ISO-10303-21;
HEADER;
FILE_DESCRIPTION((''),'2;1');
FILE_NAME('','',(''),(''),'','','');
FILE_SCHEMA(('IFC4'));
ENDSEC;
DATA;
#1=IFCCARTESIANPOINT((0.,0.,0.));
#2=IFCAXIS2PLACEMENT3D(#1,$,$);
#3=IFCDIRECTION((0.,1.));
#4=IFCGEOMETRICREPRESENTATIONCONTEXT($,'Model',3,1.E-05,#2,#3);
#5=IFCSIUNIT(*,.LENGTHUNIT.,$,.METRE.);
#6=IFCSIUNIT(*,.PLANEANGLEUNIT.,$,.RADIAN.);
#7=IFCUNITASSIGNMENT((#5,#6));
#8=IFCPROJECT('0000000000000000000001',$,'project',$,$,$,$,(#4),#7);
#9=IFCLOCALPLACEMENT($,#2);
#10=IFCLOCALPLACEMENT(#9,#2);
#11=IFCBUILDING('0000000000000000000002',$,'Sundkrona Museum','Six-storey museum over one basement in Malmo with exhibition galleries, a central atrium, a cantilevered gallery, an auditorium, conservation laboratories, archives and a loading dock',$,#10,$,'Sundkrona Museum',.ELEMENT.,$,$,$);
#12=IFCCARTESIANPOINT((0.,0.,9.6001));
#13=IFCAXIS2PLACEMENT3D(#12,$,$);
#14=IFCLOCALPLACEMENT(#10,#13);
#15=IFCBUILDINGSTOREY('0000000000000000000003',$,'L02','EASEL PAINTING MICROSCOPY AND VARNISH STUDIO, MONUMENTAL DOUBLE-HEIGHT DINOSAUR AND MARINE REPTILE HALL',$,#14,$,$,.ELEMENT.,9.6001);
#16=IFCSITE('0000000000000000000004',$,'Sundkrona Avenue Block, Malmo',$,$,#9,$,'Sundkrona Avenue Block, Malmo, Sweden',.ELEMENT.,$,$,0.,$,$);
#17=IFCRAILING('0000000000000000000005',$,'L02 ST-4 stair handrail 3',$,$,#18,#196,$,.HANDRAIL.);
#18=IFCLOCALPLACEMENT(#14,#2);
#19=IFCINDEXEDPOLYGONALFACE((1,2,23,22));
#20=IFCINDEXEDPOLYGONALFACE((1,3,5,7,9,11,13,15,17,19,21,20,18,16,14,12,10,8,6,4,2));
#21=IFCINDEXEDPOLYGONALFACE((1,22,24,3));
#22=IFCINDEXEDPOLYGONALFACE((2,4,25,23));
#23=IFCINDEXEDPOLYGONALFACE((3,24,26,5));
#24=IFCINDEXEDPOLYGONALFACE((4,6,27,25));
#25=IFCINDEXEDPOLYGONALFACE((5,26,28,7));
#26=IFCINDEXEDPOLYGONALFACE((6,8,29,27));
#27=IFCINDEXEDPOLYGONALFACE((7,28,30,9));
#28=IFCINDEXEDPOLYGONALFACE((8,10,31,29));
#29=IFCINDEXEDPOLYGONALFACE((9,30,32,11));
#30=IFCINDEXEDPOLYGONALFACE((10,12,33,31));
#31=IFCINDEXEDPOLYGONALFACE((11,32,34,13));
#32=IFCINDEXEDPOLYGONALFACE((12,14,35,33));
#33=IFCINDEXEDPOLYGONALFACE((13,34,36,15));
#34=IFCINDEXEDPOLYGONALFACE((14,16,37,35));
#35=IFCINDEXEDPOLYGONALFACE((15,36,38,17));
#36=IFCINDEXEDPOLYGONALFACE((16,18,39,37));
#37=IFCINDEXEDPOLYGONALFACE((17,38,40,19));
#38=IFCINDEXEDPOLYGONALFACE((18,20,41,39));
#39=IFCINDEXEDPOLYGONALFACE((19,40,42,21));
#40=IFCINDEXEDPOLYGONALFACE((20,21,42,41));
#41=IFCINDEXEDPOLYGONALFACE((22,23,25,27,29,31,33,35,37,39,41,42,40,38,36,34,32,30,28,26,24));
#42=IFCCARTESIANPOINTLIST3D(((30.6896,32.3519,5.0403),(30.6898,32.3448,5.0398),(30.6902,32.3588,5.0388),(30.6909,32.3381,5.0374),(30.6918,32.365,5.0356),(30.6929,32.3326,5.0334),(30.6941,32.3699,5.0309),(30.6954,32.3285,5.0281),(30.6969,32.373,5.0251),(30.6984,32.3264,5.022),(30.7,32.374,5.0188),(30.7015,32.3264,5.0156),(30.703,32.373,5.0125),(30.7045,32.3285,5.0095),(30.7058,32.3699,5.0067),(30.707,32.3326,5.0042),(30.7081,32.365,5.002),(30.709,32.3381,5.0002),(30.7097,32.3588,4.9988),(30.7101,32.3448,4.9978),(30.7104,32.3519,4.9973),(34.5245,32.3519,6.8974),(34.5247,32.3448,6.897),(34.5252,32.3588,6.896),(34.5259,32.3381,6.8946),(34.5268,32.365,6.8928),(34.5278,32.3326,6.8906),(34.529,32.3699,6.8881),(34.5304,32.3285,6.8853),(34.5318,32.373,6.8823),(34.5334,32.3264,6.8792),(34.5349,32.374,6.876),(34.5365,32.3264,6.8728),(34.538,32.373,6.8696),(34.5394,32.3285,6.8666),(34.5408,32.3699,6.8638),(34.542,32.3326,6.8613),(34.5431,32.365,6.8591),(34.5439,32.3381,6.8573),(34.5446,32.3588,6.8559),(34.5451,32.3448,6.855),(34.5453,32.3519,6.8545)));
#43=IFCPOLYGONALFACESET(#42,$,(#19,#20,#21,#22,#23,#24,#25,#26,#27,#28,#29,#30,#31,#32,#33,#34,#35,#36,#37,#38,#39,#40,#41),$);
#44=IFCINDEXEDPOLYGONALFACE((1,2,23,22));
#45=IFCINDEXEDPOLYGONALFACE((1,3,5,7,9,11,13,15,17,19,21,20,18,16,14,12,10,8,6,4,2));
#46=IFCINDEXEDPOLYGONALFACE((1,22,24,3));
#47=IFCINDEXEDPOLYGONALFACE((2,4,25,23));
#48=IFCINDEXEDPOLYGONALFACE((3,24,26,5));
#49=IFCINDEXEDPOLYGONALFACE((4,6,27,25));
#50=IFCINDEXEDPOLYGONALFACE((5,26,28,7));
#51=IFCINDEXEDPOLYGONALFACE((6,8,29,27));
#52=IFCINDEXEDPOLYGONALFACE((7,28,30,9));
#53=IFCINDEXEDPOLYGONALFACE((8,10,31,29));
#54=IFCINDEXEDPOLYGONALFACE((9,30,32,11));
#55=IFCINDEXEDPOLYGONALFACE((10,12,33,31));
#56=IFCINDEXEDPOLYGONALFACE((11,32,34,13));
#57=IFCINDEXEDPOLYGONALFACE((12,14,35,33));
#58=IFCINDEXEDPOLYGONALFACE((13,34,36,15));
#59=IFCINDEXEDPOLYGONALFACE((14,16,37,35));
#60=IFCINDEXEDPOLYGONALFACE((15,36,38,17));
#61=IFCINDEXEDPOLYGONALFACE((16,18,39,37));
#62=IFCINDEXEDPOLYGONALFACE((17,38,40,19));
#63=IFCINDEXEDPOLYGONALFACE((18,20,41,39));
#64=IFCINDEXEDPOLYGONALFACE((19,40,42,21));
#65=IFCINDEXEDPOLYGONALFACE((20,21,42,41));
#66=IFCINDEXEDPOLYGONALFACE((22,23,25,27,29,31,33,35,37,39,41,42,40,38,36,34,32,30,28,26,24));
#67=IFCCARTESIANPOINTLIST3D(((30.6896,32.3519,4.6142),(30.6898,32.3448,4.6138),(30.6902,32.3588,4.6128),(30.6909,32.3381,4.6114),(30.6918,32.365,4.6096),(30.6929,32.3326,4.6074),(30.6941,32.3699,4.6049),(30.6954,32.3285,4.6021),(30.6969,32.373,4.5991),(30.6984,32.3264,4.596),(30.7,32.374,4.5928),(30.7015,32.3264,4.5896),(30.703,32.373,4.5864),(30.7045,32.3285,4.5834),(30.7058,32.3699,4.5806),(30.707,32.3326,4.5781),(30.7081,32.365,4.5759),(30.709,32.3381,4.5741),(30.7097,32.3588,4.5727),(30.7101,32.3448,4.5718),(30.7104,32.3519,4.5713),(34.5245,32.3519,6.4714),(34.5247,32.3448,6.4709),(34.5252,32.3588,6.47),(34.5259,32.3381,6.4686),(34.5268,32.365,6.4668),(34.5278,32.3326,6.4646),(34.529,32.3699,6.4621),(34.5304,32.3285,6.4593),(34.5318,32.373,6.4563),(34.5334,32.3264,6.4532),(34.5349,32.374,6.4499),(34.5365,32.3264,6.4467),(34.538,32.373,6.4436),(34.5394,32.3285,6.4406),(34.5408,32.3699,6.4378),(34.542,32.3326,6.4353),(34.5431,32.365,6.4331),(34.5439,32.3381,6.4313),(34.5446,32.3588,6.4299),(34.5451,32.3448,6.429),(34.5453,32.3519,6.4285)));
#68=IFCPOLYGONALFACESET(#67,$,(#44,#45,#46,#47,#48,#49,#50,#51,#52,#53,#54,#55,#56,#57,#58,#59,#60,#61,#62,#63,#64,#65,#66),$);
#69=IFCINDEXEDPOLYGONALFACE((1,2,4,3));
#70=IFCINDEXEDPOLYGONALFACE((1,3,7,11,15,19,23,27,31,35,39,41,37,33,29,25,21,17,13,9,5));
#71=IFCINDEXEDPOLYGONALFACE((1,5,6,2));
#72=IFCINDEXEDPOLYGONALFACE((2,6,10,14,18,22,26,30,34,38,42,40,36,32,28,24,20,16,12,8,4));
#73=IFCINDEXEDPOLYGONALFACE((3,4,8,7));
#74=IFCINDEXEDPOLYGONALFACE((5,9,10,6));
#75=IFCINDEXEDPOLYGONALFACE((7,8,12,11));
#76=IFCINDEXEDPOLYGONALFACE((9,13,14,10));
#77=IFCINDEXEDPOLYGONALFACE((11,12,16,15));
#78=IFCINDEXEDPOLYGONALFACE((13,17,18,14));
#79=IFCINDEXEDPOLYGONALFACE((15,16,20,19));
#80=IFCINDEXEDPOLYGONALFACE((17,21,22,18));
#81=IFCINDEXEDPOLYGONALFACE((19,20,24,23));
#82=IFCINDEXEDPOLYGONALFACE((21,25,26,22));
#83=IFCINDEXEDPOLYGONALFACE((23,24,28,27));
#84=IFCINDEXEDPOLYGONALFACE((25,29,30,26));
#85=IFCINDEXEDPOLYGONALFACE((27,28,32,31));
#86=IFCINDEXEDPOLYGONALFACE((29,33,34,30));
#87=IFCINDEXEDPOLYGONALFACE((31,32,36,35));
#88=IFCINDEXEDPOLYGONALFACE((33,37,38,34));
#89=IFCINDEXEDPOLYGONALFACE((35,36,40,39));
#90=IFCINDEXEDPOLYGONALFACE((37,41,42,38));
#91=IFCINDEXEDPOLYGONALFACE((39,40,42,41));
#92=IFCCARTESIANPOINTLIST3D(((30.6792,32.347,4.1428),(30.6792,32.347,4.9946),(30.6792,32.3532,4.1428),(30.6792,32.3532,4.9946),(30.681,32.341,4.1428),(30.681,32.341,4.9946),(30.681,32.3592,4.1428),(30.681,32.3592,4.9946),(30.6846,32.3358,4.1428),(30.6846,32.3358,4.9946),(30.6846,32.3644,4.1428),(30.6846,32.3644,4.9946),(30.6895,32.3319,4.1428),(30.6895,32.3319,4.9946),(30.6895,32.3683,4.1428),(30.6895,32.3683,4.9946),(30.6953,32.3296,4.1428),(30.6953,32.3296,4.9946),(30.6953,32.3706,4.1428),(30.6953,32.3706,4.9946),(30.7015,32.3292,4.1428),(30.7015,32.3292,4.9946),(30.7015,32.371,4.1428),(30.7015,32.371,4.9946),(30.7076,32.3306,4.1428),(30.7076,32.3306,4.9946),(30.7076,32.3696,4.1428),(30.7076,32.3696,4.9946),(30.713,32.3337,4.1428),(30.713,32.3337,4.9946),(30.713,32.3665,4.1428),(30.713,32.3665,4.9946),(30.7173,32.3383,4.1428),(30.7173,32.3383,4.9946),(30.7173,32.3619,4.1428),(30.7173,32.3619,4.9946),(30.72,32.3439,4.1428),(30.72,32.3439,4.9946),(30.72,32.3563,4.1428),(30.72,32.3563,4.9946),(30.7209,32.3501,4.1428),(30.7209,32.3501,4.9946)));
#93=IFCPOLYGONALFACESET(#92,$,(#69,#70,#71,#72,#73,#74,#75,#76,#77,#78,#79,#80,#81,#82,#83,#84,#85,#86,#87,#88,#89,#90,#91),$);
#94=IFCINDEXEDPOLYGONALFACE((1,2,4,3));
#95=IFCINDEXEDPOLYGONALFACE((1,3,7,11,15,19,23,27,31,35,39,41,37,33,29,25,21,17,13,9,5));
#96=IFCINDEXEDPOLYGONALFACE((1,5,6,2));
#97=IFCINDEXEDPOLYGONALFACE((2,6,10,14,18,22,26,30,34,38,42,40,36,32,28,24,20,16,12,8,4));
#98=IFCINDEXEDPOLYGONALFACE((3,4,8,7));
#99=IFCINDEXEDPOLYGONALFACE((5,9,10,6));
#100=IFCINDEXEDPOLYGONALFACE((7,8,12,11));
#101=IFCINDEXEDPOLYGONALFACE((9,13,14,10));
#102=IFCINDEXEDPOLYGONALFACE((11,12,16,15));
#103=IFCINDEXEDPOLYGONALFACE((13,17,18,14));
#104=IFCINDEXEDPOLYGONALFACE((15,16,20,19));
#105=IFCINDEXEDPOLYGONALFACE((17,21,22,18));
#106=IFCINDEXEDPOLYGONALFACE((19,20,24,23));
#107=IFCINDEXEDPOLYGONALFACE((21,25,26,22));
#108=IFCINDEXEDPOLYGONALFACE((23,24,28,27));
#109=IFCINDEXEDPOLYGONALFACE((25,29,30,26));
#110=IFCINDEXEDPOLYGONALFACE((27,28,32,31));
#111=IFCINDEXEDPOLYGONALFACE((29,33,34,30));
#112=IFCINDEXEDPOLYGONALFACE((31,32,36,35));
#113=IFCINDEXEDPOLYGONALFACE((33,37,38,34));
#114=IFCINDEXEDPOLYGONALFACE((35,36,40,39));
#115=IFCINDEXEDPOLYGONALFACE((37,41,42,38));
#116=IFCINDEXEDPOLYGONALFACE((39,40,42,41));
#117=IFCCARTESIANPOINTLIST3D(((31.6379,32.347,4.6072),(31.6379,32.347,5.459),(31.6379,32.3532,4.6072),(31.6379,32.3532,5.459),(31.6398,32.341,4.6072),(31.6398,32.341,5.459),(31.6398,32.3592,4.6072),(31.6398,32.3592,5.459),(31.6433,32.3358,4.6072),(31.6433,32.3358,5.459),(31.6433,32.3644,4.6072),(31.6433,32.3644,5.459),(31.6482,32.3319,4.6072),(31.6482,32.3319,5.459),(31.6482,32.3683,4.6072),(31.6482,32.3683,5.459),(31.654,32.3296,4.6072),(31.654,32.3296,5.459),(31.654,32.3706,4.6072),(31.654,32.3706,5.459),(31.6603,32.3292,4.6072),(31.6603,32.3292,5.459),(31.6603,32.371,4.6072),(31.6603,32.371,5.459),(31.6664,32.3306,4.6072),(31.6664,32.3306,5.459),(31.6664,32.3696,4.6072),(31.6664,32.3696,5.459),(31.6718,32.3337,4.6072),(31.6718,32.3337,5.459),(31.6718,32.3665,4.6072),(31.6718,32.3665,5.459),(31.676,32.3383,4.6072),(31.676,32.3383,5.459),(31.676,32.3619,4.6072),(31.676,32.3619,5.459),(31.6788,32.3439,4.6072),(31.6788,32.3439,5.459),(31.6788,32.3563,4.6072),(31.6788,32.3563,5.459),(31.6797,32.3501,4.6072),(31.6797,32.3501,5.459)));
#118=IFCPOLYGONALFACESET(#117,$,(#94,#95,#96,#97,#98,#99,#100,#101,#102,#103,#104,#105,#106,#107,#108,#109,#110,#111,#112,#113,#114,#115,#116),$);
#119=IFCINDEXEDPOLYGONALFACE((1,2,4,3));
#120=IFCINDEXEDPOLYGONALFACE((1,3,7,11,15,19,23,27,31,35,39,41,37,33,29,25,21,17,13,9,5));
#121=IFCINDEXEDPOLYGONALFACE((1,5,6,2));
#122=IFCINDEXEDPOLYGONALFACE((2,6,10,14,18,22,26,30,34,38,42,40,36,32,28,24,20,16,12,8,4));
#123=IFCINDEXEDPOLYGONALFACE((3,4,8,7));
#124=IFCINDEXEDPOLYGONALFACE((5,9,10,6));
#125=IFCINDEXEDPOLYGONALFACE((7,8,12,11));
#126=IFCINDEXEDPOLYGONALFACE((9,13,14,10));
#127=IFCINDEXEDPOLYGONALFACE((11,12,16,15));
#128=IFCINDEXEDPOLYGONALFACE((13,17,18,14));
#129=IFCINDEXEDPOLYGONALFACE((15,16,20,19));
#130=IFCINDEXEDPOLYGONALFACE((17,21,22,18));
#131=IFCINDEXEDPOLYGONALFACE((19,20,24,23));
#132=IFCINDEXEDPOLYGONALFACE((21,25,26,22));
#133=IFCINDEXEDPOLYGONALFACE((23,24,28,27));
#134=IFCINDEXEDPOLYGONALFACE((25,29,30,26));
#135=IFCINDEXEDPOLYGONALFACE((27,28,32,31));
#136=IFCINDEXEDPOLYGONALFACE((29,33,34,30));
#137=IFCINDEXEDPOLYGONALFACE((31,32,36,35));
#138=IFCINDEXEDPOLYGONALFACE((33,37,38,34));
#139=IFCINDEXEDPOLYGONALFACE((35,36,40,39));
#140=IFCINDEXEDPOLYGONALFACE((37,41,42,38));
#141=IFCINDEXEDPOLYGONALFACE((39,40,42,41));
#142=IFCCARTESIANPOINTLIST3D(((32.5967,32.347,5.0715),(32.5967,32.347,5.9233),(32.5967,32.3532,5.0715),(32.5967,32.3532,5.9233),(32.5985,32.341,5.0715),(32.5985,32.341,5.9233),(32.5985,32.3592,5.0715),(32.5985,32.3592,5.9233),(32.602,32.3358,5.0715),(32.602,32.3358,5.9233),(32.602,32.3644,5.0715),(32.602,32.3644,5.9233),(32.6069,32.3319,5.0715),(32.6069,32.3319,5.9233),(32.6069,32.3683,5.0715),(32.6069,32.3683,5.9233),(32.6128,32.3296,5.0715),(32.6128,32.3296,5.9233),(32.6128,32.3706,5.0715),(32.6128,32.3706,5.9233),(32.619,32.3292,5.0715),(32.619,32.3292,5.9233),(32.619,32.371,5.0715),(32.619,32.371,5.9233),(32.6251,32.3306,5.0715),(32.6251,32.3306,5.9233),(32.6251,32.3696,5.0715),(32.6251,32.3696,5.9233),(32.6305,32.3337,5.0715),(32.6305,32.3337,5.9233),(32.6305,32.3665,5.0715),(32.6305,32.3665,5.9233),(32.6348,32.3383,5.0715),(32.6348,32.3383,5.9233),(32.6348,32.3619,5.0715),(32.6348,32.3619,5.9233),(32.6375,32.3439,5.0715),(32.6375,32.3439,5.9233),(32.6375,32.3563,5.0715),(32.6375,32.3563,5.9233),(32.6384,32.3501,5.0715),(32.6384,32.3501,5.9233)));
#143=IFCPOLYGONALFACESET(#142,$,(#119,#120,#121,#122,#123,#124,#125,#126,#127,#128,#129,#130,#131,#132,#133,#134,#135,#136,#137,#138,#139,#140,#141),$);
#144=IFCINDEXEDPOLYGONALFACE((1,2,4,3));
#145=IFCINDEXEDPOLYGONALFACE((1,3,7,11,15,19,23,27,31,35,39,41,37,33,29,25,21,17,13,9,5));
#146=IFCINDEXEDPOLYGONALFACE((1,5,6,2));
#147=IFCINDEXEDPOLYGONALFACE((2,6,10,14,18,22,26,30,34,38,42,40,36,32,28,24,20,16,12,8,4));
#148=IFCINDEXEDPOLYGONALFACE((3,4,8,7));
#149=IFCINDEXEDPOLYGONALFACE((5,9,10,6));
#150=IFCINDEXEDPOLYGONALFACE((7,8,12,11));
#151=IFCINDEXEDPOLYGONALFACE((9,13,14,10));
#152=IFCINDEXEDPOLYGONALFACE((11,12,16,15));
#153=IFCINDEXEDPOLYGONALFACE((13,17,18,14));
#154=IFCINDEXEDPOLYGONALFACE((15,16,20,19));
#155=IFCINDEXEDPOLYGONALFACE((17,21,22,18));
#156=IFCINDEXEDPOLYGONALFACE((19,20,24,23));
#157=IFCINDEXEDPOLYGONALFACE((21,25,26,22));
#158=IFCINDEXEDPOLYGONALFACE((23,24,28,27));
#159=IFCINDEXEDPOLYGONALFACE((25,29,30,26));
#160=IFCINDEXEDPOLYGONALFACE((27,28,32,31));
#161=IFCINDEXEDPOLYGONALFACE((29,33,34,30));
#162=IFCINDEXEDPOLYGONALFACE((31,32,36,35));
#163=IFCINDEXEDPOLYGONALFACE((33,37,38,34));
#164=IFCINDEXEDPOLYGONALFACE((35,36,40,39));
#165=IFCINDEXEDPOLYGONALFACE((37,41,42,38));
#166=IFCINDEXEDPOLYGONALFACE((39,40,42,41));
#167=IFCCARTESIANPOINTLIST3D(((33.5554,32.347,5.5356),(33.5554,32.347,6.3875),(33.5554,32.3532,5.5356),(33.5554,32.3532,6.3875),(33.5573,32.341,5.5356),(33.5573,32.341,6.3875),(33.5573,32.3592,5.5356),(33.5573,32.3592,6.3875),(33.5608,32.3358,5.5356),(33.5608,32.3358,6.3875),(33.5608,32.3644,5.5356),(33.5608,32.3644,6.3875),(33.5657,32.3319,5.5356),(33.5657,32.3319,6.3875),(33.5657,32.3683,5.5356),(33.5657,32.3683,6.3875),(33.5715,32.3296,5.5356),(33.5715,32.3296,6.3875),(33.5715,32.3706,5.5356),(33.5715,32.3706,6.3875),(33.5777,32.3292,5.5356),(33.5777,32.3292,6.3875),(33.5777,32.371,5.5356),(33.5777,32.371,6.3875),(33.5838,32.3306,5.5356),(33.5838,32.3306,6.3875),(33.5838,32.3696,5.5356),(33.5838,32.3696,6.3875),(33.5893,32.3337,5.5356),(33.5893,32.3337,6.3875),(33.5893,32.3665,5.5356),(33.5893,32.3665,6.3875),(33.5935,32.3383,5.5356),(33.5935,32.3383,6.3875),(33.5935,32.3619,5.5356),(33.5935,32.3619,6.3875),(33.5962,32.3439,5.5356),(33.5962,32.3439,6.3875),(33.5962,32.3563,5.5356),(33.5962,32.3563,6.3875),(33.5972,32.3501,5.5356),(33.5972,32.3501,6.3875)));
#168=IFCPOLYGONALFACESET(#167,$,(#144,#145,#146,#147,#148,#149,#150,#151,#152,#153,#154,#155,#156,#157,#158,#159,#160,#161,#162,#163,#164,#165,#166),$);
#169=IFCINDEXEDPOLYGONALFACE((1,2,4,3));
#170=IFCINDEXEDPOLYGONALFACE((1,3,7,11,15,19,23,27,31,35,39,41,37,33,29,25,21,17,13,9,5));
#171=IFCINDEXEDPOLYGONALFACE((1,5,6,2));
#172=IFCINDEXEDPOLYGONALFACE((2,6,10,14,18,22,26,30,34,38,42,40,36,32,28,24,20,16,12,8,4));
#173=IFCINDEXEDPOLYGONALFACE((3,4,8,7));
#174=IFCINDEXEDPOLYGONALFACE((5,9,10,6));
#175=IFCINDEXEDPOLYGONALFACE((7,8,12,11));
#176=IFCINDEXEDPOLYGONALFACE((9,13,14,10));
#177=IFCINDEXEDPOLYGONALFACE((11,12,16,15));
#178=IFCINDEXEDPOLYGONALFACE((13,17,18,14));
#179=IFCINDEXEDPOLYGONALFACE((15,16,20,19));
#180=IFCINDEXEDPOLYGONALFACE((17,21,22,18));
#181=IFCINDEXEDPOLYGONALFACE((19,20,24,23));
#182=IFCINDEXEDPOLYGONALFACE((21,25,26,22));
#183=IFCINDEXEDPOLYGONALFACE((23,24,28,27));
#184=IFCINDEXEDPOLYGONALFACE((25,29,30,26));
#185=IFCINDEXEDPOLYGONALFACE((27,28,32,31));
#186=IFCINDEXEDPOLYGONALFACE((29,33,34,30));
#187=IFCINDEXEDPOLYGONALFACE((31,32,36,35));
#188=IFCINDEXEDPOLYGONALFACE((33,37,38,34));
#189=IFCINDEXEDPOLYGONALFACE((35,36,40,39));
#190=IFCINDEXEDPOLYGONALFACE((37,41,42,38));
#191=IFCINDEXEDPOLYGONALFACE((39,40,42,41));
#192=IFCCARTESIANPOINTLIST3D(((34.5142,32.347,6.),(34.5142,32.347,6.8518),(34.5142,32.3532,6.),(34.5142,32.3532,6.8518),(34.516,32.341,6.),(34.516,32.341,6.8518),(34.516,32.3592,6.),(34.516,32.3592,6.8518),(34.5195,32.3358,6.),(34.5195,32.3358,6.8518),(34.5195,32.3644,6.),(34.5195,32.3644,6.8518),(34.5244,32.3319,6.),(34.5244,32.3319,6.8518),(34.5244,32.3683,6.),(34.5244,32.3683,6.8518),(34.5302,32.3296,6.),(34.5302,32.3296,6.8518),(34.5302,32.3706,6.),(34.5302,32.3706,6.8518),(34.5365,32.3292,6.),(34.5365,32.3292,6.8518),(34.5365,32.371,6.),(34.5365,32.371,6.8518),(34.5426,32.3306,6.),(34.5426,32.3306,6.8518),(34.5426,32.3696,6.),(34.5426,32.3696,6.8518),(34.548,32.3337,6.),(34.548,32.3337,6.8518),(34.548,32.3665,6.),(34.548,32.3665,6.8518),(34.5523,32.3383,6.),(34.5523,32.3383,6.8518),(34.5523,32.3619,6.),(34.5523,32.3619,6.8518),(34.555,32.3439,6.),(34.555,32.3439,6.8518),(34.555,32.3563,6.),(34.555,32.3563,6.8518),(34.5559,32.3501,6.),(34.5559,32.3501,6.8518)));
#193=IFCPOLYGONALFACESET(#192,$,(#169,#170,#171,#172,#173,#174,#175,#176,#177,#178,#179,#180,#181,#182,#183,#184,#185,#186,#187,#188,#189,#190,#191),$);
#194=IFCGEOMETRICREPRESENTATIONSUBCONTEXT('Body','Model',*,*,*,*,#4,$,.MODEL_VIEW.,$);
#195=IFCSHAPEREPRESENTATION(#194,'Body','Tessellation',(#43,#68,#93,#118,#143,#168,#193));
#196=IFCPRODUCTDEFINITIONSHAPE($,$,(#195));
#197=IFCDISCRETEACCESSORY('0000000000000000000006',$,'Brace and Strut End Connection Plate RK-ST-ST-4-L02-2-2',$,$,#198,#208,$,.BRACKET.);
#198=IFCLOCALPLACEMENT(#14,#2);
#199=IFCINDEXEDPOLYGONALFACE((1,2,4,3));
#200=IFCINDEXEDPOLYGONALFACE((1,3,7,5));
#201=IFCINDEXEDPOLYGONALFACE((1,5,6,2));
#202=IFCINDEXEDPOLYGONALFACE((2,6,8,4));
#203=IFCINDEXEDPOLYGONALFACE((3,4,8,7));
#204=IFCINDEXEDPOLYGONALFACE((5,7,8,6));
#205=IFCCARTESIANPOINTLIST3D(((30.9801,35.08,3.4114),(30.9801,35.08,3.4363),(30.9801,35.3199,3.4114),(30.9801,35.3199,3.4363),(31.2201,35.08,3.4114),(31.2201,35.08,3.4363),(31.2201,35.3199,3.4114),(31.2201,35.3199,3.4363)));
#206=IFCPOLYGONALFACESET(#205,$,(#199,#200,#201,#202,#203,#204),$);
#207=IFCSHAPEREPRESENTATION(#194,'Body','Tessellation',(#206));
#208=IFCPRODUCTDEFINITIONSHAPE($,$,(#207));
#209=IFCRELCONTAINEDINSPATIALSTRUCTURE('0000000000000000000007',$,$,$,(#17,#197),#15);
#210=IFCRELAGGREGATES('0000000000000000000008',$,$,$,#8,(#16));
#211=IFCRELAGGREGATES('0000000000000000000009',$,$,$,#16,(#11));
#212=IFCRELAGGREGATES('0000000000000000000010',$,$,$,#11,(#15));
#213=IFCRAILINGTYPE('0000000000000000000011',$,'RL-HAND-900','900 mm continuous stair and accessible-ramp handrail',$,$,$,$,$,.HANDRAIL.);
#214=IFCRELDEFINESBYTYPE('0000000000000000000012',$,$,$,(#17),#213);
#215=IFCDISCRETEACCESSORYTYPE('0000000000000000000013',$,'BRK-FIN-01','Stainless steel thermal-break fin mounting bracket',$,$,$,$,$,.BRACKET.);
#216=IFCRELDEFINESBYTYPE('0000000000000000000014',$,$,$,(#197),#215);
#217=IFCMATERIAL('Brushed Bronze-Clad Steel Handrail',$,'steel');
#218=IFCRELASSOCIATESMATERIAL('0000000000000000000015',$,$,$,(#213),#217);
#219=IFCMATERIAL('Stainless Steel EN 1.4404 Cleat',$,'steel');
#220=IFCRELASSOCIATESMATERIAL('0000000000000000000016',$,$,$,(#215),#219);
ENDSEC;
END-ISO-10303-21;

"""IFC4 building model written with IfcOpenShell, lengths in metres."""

from ifc_helpers import new_model, si_unit, direction, frame, origin, origin_2d, place, context, subcontext, project, spatial, rectangle, circle, extrude, material, type_object, element, save


model = new_model("IFC4")

# Units and contexts
model_context = context("Model", 3, precision=1e-05, world=origin(), true_north=direction((0.0, 1.0)))
body_context = subcontext(model_context, "Body", "Model", "MODEL_VIEW")
ifc_project = project(units=[si_unit("LENGTHUNIT", "METRE"), si_unit("PLANEANGLEUNIT", "RADIAN")], contexts=[model_context])

# Site, building, storey
site_placement = place(None, origin())
site = spatial("IfcSite", under=ifc_project, at=site_placement, Name="Sundkrona Avenue Block, Malmo", LongName="Sundkrona Avenue Block, Malmo, Sweden", CompositionType="ELEMENT", RefElevation=0.0)
building_placement = place(site_placement, origin())
building = spatial("IfcBuilding", under=site, at=building_placement, Name="Sundkrona Museum", Description="Six-storey museum over one basement in Malmo with exhibition galleries, a central atrium, a cantilevered gallery, an auditorium, conservation laboratories, archives and a loading dock", LongName="Sundkrona Museum", CompositionType="ELEMENT")
storey_placement = place(building_placement, frame((0.0, 0.0, 9.6001)))
storey = spatial("IfcBuildingStorey", under=building, at=storey_placement, Name="L02", Description="EASEL PAINTING MICROSCOPY AND VARNISH STUDIO, MONUMENTAL DOUBLE-HEIGHT DINOSAUR AND MARINE REPTILE HALL", CompositionType="ELEMENT", Elevation=9.6001)

# Railing
ifc_material_1 = material(Name="Brushed Bronze-Clad Steel Handrail", Category="steel")
railing_type_1 = type_object("IfcRailingType", Name="RL-HAND-900", Description="900 mm continuous stair and accessible-ramp handrail", PredefinedType="HANDRAIL", material=ifc_material_1)
for number, where, name in (
    (1, (30.7, 32.3501, 4.1428), "L02 ST-4 stair handrail 3"),
):
    element("IfcRailing", number, at=place(storey_placement, frame(where)), inside=storey, type_object=railing_type_1, Name=name, PredefinedType="HANDRAIL", context=body_context, shape_type="SweptSolid", body=[
        extrude(circle(Radius=0.0239, at=origin_2d()), frame((0.0, 0.0, 0.876), z_axis=(0.900016, 0.0, 0.435856), x_axis=(0.0, 1.0, 0.0)), (0.0, 0.0, 1.0), 4.261),
        extrude(circle(Radius=0.0239, at=origin_2d()), frame((0.0, 0.0, 0.45), z_axis=(0.900016, 0.0, 0.435856), x_axis=(0.0, 1.0, 0.0)), (0.0, 0.0, 1.0), 4.261),
        extrude(circle(Radius=0.021, at=origin_2d()), origin(), (0.0, 0.0, 1.0), 0.8518),
        extrude(circle(Radius=0.021, at=origin_2d()), frame((0.9587, 0.0, 0.4644)), (0.0, 0.0, 1.0), 0.8518),
        extrude(circle(Radius=0.021, at=origin_2d()), frame((1.9175, 0.0, 0.9287)), (0.0, 0.0, 1.0), 0.8518),
        extrude(circle(Radius=0.021, at=origin_2d()), frame((2.8762, 0.0, 1.3928)), (0.0, 0.0, 1.0), 0.8518),
        extrude(circle(Radius=0.021, at=origin_2d()), frame((3.835, 0.0, 1.8572)), (0.0, 0.0, 1.0), 0.8518),
    ])

# Discrete accessory
ifc_material_2 = material(Name="Stainless Steel EN 1.4404 Cleat", Category="steel")
discrete_accessory_type = type_object("IfcDiscreteAccessoryType", Name="BRK-FIN-01", Description="Stainless steel thermal-break fin mounting bracket", PredefinedType="BRACKET", material=ifc_material_2)
for number, where, z_axis, x_axis, name in (
    (2, (31.1001, 35.2, 3.4114), (0.0, 0.0, 1.0), (1.0, 0.0, 0.0), "Brace and Strut End Connection Plate RK-ST-ST-4-L02-2-2"),
):
    element("IfcDiscreteAccessory", number, at=place(storey_placement, frame(where, z_axis=z_axis, x_axis=x_axis)), inside=storey, type_object=discrete_accessory_type, Name=name, PredefinedType="BRACKET", context=body_context, shape_type="SweptSolid", body=[
        extrude(rectangle(XDim=0.24, YDim=0.24, at=origin_2d()), origin(), (0.0, 0.0, 1.0), 0.0249),
    ])

save(model, "model.ifc")
